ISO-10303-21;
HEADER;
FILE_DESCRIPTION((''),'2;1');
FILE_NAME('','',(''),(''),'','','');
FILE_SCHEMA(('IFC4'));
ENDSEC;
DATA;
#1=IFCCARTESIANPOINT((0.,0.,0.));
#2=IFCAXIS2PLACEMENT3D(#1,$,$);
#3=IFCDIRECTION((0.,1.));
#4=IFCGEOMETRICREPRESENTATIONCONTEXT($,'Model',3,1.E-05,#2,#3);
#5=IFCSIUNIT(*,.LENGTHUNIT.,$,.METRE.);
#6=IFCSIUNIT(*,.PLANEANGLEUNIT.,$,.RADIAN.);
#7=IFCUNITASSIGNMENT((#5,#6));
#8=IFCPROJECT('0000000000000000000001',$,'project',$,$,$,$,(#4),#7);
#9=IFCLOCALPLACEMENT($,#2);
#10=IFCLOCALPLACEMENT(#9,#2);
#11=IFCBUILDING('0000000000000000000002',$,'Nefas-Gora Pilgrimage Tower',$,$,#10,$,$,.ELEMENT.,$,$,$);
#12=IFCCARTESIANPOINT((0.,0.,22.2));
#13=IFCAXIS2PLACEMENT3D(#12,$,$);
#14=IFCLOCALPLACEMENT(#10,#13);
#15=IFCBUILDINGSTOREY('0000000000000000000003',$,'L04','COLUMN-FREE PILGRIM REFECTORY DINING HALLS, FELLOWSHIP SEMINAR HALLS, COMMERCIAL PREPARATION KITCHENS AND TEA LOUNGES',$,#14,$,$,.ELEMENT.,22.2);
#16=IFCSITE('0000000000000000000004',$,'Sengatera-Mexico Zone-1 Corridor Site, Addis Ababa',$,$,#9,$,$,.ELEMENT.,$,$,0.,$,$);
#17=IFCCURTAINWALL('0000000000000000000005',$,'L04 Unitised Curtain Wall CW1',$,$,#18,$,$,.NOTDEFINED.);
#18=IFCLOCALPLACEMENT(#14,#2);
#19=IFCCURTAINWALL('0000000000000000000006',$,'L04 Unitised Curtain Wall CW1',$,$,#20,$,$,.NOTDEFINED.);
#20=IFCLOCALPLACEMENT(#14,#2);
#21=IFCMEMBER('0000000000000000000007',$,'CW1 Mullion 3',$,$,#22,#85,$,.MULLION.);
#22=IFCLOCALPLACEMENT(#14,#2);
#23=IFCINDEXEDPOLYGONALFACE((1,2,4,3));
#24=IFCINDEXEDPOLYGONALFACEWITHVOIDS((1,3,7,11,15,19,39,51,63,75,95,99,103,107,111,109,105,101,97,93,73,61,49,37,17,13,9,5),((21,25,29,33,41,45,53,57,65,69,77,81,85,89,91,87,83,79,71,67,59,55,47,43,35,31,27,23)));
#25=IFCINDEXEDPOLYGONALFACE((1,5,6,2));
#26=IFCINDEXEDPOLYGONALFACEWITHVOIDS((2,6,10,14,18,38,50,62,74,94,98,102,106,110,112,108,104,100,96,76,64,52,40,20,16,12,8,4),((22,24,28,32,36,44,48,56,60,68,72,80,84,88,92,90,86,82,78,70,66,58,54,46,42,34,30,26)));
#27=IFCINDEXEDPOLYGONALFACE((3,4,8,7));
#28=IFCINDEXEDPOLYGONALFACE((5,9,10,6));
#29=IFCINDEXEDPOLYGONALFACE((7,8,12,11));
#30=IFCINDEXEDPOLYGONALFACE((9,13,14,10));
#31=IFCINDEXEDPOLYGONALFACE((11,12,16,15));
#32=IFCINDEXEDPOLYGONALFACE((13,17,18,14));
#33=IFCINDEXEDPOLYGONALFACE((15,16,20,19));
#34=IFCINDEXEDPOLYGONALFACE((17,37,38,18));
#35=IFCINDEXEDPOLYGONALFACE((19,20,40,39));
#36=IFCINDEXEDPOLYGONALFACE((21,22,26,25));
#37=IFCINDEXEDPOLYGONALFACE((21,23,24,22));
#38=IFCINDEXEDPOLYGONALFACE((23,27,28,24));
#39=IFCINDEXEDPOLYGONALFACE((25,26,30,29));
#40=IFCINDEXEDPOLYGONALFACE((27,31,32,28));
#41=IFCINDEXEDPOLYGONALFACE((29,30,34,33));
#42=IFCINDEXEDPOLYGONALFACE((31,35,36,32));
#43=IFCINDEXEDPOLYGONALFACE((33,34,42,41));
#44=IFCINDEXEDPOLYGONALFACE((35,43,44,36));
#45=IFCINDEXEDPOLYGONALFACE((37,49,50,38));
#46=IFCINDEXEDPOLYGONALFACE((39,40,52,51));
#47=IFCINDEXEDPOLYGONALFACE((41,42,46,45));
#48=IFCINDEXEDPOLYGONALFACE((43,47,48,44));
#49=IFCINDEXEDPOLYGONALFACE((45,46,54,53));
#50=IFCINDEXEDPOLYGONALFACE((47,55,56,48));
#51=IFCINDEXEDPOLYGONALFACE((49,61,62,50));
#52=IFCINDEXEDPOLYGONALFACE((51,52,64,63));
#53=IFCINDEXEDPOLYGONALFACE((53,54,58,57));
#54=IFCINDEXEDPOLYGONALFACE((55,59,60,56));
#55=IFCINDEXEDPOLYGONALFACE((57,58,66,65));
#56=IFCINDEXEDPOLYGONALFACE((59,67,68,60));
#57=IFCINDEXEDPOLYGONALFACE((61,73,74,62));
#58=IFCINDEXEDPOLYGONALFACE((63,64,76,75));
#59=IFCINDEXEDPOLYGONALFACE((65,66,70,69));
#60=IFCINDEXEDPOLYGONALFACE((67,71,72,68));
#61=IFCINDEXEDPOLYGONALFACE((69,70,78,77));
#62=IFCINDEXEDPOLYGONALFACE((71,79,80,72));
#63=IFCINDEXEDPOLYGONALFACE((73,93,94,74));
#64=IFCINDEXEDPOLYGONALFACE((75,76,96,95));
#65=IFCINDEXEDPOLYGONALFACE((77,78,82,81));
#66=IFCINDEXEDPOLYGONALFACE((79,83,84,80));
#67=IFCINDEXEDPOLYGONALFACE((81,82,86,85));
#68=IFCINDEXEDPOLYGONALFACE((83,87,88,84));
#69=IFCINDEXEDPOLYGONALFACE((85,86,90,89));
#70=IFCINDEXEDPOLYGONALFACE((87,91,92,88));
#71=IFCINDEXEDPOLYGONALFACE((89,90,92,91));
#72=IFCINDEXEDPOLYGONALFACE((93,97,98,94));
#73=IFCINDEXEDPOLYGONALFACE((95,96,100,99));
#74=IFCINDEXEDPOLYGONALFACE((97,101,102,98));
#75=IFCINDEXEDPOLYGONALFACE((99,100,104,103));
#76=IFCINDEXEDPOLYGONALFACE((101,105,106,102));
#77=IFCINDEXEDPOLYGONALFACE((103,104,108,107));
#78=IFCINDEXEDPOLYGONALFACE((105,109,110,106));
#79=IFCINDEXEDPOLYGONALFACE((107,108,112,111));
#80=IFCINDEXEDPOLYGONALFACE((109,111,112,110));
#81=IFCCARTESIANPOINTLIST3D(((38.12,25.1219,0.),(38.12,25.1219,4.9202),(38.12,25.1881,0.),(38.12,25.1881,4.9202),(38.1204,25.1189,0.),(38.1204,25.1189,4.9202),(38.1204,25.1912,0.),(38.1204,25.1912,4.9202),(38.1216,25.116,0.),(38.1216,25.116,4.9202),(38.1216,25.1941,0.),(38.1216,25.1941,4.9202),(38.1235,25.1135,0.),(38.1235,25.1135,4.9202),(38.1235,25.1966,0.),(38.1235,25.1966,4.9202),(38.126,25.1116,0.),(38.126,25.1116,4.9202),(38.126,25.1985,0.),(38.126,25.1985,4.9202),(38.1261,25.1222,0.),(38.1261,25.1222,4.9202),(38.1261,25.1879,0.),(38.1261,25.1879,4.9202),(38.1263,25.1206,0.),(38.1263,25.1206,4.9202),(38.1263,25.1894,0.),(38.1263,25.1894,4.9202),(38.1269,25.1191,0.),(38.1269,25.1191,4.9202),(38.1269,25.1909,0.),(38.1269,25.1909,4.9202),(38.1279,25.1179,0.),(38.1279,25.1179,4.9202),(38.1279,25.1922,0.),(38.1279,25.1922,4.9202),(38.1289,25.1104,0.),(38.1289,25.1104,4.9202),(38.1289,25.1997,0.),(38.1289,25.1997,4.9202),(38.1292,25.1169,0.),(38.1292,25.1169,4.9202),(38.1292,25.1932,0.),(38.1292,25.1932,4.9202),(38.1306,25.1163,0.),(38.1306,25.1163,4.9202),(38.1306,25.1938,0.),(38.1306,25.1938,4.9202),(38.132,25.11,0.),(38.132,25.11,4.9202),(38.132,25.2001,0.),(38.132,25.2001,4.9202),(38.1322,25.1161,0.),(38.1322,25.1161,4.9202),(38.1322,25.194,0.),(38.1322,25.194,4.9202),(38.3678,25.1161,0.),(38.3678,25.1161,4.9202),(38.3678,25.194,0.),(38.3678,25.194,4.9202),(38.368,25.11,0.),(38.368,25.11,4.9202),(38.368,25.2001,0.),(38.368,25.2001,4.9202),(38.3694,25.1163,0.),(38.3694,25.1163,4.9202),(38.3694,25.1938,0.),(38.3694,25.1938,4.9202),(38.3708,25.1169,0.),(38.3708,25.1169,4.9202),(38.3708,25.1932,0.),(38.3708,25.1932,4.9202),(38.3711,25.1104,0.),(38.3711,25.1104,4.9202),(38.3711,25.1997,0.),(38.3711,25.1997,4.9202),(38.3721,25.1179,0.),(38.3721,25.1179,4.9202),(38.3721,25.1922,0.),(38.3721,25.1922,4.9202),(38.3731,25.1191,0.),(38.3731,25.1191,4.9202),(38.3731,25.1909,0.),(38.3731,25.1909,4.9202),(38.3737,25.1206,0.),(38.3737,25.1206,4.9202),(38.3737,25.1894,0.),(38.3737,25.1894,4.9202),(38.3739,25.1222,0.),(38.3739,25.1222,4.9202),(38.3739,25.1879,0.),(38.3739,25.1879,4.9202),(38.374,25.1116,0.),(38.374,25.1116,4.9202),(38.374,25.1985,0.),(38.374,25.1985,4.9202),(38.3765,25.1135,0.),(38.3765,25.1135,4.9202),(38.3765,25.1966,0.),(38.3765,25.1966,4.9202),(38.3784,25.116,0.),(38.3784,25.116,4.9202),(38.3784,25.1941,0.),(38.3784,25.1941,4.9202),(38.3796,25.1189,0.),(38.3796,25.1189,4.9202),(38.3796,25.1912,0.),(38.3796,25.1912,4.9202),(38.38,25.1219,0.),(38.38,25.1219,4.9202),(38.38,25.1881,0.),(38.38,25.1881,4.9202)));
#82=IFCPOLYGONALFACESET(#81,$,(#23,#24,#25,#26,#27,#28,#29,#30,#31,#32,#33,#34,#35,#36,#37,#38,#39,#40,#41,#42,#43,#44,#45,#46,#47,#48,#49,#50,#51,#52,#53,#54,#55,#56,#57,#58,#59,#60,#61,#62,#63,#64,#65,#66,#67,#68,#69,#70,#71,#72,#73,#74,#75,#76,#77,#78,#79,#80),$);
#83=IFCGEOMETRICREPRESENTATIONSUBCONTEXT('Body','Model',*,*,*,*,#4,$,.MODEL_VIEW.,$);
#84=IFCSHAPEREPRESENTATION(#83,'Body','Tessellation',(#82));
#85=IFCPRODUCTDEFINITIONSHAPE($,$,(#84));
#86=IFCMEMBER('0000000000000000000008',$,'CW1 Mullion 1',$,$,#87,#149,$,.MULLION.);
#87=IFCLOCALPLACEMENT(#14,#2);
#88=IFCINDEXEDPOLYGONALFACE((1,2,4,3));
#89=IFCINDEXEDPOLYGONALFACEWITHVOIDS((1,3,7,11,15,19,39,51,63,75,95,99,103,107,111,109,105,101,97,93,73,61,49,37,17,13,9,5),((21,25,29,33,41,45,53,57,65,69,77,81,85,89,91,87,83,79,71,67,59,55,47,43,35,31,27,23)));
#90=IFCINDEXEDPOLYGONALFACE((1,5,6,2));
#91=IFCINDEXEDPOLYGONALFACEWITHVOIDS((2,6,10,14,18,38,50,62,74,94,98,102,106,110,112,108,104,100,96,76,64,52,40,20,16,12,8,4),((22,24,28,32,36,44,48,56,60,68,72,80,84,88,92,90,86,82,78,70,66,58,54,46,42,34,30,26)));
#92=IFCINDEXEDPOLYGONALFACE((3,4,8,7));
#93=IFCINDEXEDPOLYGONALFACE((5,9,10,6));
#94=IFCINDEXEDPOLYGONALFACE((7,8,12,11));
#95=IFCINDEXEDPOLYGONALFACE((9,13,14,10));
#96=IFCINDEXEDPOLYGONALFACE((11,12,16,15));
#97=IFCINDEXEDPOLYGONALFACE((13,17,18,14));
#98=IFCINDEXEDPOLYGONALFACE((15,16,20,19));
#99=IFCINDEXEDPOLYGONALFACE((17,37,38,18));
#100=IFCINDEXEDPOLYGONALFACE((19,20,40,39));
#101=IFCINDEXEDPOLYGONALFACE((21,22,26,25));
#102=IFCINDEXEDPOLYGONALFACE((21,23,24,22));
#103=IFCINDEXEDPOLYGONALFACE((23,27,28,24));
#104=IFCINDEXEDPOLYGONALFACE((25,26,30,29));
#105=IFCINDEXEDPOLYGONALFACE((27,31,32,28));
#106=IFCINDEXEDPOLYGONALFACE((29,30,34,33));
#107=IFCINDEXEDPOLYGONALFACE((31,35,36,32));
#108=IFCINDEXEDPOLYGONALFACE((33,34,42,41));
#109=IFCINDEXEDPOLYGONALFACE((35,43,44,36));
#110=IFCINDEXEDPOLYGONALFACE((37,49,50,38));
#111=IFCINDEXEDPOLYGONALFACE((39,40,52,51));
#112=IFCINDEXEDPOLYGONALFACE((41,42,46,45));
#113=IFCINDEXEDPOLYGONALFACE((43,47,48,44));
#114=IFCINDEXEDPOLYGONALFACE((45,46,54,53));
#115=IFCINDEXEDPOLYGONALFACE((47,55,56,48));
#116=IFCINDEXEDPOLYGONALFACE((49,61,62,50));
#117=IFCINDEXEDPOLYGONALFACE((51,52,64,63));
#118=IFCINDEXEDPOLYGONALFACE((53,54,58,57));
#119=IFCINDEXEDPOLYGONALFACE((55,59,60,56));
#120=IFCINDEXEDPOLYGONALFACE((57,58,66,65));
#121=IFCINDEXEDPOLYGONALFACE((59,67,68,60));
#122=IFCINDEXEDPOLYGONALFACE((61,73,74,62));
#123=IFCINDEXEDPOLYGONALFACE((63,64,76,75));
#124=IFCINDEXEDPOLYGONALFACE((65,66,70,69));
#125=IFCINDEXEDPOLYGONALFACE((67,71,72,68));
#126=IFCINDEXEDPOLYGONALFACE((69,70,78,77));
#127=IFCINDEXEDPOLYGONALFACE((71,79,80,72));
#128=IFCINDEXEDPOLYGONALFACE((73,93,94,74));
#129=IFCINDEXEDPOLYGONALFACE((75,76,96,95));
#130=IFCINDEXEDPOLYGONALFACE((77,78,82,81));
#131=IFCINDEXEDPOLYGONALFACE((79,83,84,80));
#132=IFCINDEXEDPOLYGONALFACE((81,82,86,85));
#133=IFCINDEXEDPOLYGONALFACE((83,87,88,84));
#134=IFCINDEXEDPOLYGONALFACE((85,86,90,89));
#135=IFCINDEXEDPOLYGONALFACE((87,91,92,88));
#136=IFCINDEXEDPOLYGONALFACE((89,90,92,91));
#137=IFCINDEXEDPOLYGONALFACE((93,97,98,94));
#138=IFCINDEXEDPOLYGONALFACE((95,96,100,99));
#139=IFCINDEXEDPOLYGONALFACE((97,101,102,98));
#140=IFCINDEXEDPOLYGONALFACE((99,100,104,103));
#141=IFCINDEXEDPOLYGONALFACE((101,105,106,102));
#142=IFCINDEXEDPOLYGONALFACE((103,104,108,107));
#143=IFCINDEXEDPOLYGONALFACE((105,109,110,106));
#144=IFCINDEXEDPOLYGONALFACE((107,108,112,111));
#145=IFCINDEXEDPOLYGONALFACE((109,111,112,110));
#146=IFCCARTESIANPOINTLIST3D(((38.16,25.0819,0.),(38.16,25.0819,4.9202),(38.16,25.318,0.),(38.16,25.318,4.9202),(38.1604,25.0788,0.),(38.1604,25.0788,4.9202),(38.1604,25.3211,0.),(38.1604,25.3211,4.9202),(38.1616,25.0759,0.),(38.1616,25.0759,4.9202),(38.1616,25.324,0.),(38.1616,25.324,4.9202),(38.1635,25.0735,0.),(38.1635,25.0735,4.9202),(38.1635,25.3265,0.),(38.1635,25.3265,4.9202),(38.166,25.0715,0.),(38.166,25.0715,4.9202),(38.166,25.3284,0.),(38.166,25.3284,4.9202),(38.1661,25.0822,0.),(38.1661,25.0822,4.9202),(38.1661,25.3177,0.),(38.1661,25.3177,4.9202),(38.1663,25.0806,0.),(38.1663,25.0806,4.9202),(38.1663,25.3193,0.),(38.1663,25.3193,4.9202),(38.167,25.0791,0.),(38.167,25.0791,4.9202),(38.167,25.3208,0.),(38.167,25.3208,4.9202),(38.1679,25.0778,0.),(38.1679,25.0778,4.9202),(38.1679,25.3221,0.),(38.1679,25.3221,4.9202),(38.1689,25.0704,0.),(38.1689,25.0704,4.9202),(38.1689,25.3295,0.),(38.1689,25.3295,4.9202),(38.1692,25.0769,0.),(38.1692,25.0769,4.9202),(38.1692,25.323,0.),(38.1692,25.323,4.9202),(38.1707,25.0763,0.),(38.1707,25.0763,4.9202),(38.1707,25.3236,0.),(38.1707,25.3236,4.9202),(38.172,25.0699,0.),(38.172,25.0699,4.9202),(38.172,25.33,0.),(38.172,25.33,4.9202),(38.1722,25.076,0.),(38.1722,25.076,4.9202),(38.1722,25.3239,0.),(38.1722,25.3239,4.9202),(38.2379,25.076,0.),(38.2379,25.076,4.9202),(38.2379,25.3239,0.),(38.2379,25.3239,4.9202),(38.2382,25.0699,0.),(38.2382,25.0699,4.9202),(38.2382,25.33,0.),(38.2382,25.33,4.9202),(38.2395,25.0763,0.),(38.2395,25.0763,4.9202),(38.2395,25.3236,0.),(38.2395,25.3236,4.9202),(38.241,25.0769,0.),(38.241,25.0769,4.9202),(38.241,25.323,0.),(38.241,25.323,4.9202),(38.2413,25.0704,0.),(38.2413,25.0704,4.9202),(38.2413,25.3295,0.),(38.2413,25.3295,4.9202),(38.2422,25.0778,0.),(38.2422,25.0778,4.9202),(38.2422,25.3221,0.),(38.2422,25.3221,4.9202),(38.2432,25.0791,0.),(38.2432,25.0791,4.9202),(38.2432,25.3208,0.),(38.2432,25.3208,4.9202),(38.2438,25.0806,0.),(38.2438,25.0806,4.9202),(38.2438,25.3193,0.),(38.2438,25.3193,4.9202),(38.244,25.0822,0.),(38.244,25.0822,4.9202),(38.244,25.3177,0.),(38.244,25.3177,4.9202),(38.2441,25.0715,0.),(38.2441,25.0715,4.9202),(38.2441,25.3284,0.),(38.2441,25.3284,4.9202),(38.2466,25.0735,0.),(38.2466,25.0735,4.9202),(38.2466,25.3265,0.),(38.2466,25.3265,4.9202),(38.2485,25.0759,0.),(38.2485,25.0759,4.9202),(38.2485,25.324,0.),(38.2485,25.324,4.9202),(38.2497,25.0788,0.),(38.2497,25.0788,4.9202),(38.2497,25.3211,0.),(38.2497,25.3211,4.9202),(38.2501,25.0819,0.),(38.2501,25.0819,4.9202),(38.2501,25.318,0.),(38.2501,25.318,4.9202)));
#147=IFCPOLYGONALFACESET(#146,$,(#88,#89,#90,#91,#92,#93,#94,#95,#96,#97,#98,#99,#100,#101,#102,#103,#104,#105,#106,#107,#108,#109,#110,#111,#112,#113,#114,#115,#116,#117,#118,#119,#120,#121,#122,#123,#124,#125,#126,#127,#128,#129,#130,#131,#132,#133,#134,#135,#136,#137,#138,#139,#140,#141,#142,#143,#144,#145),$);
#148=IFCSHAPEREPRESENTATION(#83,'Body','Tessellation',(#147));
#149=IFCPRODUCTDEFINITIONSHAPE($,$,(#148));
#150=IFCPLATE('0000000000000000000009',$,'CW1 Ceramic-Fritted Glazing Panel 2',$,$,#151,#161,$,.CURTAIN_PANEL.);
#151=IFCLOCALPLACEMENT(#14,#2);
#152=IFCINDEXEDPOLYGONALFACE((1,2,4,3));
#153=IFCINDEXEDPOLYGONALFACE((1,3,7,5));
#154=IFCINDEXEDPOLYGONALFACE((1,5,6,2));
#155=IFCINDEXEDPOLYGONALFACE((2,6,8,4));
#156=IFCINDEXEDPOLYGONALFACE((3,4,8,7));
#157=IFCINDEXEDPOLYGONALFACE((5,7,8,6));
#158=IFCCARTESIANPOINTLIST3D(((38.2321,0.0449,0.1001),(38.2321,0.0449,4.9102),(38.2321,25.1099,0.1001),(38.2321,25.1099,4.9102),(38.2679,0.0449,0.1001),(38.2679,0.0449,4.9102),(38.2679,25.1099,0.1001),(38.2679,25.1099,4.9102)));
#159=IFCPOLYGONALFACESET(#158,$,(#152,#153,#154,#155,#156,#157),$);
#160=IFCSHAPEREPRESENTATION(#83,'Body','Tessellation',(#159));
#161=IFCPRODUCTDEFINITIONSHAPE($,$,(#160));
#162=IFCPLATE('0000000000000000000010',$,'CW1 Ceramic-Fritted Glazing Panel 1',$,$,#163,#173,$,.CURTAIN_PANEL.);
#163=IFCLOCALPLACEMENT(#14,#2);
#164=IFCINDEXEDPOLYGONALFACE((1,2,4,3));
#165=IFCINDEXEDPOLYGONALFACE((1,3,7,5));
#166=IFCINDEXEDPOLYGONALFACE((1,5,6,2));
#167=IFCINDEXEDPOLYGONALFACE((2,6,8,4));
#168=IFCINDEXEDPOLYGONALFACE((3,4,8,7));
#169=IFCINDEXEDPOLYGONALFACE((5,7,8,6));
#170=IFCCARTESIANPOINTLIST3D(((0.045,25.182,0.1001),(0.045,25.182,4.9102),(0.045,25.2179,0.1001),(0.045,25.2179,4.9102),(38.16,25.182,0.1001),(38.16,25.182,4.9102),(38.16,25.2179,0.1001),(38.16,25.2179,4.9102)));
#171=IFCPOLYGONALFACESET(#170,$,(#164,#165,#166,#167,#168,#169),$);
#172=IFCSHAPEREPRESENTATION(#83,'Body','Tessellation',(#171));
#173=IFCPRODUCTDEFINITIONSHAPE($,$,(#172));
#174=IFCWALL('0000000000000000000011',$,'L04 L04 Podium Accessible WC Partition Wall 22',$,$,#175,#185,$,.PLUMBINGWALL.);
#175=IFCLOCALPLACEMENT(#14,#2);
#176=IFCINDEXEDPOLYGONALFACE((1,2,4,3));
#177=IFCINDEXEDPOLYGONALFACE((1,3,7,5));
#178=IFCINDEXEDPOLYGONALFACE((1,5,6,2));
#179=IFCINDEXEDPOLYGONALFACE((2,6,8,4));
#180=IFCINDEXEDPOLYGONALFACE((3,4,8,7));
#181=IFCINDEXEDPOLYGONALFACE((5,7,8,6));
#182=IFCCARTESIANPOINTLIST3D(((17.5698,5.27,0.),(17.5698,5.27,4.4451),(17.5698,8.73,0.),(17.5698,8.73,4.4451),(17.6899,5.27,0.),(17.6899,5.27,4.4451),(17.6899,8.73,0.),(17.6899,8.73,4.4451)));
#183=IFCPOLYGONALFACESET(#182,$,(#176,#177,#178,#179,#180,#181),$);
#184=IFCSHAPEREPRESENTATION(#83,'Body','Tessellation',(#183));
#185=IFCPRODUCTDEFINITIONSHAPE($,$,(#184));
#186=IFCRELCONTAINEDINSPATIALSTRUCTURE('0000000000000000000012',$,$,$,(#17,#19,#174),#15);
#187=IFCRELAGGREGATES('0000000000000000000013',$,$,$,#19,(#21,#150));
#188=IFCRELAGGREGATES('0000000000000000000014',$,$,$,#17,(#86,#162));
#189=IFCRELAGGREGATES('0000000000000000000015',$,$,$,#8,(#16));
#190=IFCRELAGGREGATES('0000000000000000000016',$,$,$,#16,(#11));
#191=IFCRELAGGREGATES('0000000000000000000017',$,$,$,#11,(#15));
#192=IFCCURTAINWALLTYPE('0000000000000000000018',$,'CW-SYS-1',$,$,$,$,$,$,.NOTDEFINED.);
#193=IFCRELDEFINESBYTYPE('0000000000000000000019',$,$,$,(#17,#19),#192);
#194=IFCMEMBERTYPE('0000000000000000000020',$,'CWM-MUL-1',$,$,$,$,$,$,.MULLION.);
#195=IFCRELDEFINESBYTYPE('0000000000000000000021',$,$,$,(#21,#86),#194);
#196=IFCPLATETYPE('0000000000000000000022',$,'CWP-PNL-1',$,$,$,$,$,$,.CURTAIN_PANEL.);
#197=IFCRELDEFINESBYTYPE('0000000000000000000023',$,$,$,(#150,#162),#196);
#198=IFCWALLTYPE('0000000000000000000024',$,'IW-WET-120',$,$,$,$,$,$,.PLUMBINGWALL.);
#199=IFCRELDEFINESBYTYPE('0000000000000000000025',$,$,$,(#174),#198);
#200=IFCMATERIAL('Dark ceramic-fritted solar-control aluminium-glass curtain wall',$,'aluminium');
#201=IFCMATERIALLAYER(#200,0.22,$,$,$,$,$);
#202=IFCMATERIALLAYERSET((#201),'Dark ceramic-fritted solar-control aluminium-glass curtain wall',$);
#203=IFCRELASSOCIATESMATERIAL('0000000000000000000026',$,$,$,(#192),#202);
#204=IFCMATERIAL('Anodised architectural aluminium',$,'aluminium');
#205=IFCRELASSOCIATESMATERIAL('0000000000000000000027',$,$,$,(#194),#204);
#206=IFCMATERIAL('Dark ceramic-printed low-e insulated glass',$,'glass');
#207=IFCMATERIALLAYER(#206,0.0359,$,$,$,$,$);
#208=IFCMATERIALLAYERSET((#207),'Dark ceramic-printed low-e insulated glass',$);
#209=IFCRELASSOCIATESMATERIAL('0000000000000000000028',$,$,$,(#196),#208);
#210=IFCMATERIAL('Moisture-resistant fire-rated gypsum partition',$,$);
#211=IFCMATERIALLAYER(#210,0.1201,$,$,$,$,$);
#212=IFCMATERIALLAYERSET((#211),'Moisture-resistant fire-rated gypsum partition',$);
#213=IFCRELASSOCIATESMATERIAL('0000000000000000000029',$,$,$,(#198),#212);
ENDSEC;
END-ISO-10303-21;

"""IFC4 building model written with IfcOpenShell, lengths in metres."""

from ifc_helpers import new_model, si_unit, direction, frame, frame_2d, origin, origin_2d, place, context, subcontext, project, spatial, rectangle, hollow_rectangle, extrude, source, transform, mapped, material, layer, layer_set, material_profile, profile_set, type_object, element, aggregate, save


model = new_model("IFC4")

# Units and contexts
model_context = context("Model", 3, precision=1e-05, world=origin(), true_north=direction((0.0, 1.0)))
body_context = subcontext(model_context, "Body", "Model", "MODEL_VIEW")
ifc_project = project(units=[si_unit("LENGTHUNIT", "METRE"), si_unit("PLANEANGLEUNIT", "RADIAN")], contexts=[model_context])

# Site, building, storey
site_placement = place(None, origin())
site = spatial("IfcSite", under=ifc_project, at=site_placement, Name="Sengatera-Mexico Zone-1 Corridor Site, Addis Ababa", CompositionType="ELEMENT", RefElevation=0.0)
building_placement = place(site_placement, origin())
building = spatial("IfcBuilding", under=site, at=building_placement, Name="Nefas-Gora Pilgrimage Tower", CompositionType="ELEMENT")
storey_placement = place(building_placement, frame((0.0, 0.0, 22.2)))
storey = spatial("IfcBuildingStorey", under=building, at=storey_placement, Name="L04", Description="COLUMN-FREE PILGRIM REFECTORY DINING HALLS, FELLOWSHIP SEMINAR HALLS, COMMERCIAL PREPARATION KITCHENS AND TEA LOUNGES", CompositionType="ELEMENT", Elevation=22.2)

# Curtain wall
ifc_material_1 = material(Name="Dark ceramic-fritted solar-control aluminium-glass curtain wall", Category="aluminium")
ifc_layer_1 = layer(ifc_material_1, 0.22)
ifc_layer_set_1 = layer_set([ifc_layer_1], Name="Dark ceramic-fritted solar-control aluminium-glass curtain wall")
curtain_wall_type = type_object("IfcCurtainWallType", Name="CW-SYS-1", PredefinedType="NOTDEFINED", material=ifc_layer_set_1)
curtain_wall_1_placement = place(storey_placement, origin())
curtain_wall_1 = element("IfcCurtainWall", 1, at=curtain_wall_1_placement, inside=storey, type_object=curtain_wall_type, Name="L04 Unitised Curtain Wall CW1", PredefinedType="NOTDEFINED")
ifc_material_2 = material(Name="Anodised architectural aluminium", Category="aluminium")

# Curtain wall, member
curtain_wall_2_placement = place(storey_placement, origin())
curtain_wall_2 = element("IfcCurtainWall", 2, at=curtain_wall_2_placement, inside=storey, type_object=curtain_wall_type, Name="L04 Unitised Curtain Wall CW1", PredefinedType="NOTDEFINED")
ifc_material_profile_1 = material_profile(ifc_material_2, hollow_rectangle(XDim=0.0901, YDim=0.26, WallThickness=0.0061, InnerFilletRadius=0.0061, OuterFilletRadius=0.012, at=origin_2d()), Name="ALU MULLION 90x260")
ifc_profile_set_1 = profile_set([ifc_material_profile_1], Name="Anodised architectural aluminium")
member_type_1 = type_object("IfcMemberType", Name="CWM-MUL-1", PredefinedType="MULLION", material=ifc_profile_set_1)
shared_shape_1 = source(origin(), body_context, "Body", "SweptSolid", [
    extrude(hollow_rectangle(XDim=0.0901, YDim=0.26, WallThickness=0.0061, InnerFilletRadius=0.0061, OuterFilletRadius=0.012, at=origin_2d()), origin(), (0.0, 0.0, 1.0), 4.9202),
])
member_1_placement = place(storey_placement, frame((38.25, 25.155, 0.0), z_axis=(0.0, 0.0, 1.0), x_axis=(0.0, 1.0, 0.0)))
member_1 = element("IfcMember", 3, at=member_1_placement, type_object=member_type_1, Name="CW1 Mullion 3", PredefinedType="MULLION", context=body_context, shape_type="MappedRepresentation", body=[
    mapped(shared_shape_1, transform((0.0, 0.0, 0.0), x_axis=(1.0, 0.0, 0.0), y_axis=(0.0, 1.0, 0.0), z_axis=(0.0, 0.0, 1.0), scale=1.0)),
])

# Member
member_2_placement = place(storey_placement, frame((38.2051, 25.2, 0.0), z_axis=(0.0, 0.0, 1.0), x_axis=(-1.0, 0.0, 0.0)))
member_2 = element("IfcMember", 4, at=member_2_placement, type_object=member_type_1, Name="CW1 Mullion 1", PredefinedType="MULLION", context=body_context, shape_type="MappedRepresentation", body=[
    mapped(shared_shape_1, transform((0.0, 0.0, 0.0), x_axis=(1.0, 0.0, 0.0), y_axis=(0.0, 1.0, 0.0), z_axis=(0.0, 0.0, 1.0), scale=1.0)),
])

# Plates
ifc_material_3 = material(Name="Dark ceramic-printed low-e insulated glass", Category="glass")
ifc_layer_2 = layer(ifc_material_3, 0.0359)
ifc_layer_set_2 = layer_set([ifc_layer_2], Name="Dark ceramic-printed low-e insulated glass")
plate_type = type_object("IfcPlateType", Name="CWP-PNL-1", PredefinedType="CURTAIN_PANEL", material=ifc_layer_set_2)
shared_shape_2 = source(origin(), body_context, "Body", "SweptSolid", [
    extrude(rectangle(XDim=25.0649, YDim=0.0359, at=origin_2d()), origin(), (0.0, 0.0, 1.0), 4.8101),
])
plate_1_placement = place(storey_placement, frame((38.25, 12.5774, 0.1001), z_axis=(0.0, 0.0, 1.0), x_axis=(0.0, 1.0, 0.0)))
plate_1 = element("IfcPlate", 5, at=plate_1_placement, type_object=plate_type, Name="CW1 Ceramic-Fritted Glazing Panel 2", PredefinedType="CURTAIN_PANEL", context=body_context, shape_type="MappedRepresentation", body=[
    mapped(shared_shape_2, transform((0.0, 0.0, 0.0), x_axis=(1.0, 0.0, 0.0), y_axis=(0.0, 1.0, 0.0), z_axis=(0.0, 0.0, 1.0), scale=1.0)),
])
aggregate(curtain_wall_2, [member_1, plate_1])
shared_shape_3 = source(origin(), body_context, "Body", "SweptSolid", [
    extrude(rectangle(XDim=38.115, YDim=0.0359, at=origin_2d()), origin(), (0.0, 0.0, 1.0), 4.8101),
])
plate_2_placement = place(storey_placement, frame((19.1025, 25.2, 0.1001), z_axis=(0.0, 0.0, 1.0), x_axis=(-1.0, 0.0, 0.0)))
plate_2 = element("IfcPlate", 6, at=plate_2_placement, type_object=plate_type, Name="CW1 Ceramic-Fritted Glazing Panel 1", PredefinedType="CURTAIN_PANEL", context=body_context, shape_type="MappedRepresentation", body=[
    mapped(shared_shape_3, transform((0.0, 0.0, 0.0), x_axis=(1.0, 0.0, 0.0), y_axis=(0.0, 1.0, 0.0), z_axis=(0.0, 0.0, 1.0), scale=1.0)),
])
aggregate(curtain_wall_1, [member_2, plate_2])

# Wall
ifc_material_4 = material(Name="Moisture-resistant fire-rated gypsum partition")
ifc_layer_3 = layer(ifc_material_4, 0.1201)
ifc_layer_set_3 = layer_set([ifc_layer_3], Name="Moisture-resistant fire-rated gypsum partition")
wall_type_1 = type_object("IfcWallType", Name="IW-WET-120", PredefinedType="PLUMBINGWALL", material=ifc_layer_set_3)
shared_shape_4 = source(origin(), body_context, "Body", "SweptSolid", [
    extrude(rectangle(XDim=3.46, YDim=0.1201, at=frame_2d((1.73, 0.0))), origin(), (0.0, 0.0, 1.0), 4.4451),
])
wall_1_placement = place(storey_placement, frame((17.6299, 5.27, 0.0), z_axis=(0.0, 0.0, 1.0), x_axis=(0.0, 1.0, 0.0)))
element("IfcWall", 7, at=wall_1_placement, inside=storey, type_object=wall_type_1, Name="L04 L04 Podium Accessible WC Partition Wall 22", PredefinedType="PLUMBINGWALL", context=body_context, shape_type="MappedRepresentation", body=[
    mapped(shared_shape_4, transform((0.0, 0.0, 0.0), x_axis=(1.0, 0.0, 0.0), y_axis=(0.0, 1.0, 0.0), z_axis=(0.0, 0.0, 1.0), scale=1.0)),
])

save(model, "model.ifc")
